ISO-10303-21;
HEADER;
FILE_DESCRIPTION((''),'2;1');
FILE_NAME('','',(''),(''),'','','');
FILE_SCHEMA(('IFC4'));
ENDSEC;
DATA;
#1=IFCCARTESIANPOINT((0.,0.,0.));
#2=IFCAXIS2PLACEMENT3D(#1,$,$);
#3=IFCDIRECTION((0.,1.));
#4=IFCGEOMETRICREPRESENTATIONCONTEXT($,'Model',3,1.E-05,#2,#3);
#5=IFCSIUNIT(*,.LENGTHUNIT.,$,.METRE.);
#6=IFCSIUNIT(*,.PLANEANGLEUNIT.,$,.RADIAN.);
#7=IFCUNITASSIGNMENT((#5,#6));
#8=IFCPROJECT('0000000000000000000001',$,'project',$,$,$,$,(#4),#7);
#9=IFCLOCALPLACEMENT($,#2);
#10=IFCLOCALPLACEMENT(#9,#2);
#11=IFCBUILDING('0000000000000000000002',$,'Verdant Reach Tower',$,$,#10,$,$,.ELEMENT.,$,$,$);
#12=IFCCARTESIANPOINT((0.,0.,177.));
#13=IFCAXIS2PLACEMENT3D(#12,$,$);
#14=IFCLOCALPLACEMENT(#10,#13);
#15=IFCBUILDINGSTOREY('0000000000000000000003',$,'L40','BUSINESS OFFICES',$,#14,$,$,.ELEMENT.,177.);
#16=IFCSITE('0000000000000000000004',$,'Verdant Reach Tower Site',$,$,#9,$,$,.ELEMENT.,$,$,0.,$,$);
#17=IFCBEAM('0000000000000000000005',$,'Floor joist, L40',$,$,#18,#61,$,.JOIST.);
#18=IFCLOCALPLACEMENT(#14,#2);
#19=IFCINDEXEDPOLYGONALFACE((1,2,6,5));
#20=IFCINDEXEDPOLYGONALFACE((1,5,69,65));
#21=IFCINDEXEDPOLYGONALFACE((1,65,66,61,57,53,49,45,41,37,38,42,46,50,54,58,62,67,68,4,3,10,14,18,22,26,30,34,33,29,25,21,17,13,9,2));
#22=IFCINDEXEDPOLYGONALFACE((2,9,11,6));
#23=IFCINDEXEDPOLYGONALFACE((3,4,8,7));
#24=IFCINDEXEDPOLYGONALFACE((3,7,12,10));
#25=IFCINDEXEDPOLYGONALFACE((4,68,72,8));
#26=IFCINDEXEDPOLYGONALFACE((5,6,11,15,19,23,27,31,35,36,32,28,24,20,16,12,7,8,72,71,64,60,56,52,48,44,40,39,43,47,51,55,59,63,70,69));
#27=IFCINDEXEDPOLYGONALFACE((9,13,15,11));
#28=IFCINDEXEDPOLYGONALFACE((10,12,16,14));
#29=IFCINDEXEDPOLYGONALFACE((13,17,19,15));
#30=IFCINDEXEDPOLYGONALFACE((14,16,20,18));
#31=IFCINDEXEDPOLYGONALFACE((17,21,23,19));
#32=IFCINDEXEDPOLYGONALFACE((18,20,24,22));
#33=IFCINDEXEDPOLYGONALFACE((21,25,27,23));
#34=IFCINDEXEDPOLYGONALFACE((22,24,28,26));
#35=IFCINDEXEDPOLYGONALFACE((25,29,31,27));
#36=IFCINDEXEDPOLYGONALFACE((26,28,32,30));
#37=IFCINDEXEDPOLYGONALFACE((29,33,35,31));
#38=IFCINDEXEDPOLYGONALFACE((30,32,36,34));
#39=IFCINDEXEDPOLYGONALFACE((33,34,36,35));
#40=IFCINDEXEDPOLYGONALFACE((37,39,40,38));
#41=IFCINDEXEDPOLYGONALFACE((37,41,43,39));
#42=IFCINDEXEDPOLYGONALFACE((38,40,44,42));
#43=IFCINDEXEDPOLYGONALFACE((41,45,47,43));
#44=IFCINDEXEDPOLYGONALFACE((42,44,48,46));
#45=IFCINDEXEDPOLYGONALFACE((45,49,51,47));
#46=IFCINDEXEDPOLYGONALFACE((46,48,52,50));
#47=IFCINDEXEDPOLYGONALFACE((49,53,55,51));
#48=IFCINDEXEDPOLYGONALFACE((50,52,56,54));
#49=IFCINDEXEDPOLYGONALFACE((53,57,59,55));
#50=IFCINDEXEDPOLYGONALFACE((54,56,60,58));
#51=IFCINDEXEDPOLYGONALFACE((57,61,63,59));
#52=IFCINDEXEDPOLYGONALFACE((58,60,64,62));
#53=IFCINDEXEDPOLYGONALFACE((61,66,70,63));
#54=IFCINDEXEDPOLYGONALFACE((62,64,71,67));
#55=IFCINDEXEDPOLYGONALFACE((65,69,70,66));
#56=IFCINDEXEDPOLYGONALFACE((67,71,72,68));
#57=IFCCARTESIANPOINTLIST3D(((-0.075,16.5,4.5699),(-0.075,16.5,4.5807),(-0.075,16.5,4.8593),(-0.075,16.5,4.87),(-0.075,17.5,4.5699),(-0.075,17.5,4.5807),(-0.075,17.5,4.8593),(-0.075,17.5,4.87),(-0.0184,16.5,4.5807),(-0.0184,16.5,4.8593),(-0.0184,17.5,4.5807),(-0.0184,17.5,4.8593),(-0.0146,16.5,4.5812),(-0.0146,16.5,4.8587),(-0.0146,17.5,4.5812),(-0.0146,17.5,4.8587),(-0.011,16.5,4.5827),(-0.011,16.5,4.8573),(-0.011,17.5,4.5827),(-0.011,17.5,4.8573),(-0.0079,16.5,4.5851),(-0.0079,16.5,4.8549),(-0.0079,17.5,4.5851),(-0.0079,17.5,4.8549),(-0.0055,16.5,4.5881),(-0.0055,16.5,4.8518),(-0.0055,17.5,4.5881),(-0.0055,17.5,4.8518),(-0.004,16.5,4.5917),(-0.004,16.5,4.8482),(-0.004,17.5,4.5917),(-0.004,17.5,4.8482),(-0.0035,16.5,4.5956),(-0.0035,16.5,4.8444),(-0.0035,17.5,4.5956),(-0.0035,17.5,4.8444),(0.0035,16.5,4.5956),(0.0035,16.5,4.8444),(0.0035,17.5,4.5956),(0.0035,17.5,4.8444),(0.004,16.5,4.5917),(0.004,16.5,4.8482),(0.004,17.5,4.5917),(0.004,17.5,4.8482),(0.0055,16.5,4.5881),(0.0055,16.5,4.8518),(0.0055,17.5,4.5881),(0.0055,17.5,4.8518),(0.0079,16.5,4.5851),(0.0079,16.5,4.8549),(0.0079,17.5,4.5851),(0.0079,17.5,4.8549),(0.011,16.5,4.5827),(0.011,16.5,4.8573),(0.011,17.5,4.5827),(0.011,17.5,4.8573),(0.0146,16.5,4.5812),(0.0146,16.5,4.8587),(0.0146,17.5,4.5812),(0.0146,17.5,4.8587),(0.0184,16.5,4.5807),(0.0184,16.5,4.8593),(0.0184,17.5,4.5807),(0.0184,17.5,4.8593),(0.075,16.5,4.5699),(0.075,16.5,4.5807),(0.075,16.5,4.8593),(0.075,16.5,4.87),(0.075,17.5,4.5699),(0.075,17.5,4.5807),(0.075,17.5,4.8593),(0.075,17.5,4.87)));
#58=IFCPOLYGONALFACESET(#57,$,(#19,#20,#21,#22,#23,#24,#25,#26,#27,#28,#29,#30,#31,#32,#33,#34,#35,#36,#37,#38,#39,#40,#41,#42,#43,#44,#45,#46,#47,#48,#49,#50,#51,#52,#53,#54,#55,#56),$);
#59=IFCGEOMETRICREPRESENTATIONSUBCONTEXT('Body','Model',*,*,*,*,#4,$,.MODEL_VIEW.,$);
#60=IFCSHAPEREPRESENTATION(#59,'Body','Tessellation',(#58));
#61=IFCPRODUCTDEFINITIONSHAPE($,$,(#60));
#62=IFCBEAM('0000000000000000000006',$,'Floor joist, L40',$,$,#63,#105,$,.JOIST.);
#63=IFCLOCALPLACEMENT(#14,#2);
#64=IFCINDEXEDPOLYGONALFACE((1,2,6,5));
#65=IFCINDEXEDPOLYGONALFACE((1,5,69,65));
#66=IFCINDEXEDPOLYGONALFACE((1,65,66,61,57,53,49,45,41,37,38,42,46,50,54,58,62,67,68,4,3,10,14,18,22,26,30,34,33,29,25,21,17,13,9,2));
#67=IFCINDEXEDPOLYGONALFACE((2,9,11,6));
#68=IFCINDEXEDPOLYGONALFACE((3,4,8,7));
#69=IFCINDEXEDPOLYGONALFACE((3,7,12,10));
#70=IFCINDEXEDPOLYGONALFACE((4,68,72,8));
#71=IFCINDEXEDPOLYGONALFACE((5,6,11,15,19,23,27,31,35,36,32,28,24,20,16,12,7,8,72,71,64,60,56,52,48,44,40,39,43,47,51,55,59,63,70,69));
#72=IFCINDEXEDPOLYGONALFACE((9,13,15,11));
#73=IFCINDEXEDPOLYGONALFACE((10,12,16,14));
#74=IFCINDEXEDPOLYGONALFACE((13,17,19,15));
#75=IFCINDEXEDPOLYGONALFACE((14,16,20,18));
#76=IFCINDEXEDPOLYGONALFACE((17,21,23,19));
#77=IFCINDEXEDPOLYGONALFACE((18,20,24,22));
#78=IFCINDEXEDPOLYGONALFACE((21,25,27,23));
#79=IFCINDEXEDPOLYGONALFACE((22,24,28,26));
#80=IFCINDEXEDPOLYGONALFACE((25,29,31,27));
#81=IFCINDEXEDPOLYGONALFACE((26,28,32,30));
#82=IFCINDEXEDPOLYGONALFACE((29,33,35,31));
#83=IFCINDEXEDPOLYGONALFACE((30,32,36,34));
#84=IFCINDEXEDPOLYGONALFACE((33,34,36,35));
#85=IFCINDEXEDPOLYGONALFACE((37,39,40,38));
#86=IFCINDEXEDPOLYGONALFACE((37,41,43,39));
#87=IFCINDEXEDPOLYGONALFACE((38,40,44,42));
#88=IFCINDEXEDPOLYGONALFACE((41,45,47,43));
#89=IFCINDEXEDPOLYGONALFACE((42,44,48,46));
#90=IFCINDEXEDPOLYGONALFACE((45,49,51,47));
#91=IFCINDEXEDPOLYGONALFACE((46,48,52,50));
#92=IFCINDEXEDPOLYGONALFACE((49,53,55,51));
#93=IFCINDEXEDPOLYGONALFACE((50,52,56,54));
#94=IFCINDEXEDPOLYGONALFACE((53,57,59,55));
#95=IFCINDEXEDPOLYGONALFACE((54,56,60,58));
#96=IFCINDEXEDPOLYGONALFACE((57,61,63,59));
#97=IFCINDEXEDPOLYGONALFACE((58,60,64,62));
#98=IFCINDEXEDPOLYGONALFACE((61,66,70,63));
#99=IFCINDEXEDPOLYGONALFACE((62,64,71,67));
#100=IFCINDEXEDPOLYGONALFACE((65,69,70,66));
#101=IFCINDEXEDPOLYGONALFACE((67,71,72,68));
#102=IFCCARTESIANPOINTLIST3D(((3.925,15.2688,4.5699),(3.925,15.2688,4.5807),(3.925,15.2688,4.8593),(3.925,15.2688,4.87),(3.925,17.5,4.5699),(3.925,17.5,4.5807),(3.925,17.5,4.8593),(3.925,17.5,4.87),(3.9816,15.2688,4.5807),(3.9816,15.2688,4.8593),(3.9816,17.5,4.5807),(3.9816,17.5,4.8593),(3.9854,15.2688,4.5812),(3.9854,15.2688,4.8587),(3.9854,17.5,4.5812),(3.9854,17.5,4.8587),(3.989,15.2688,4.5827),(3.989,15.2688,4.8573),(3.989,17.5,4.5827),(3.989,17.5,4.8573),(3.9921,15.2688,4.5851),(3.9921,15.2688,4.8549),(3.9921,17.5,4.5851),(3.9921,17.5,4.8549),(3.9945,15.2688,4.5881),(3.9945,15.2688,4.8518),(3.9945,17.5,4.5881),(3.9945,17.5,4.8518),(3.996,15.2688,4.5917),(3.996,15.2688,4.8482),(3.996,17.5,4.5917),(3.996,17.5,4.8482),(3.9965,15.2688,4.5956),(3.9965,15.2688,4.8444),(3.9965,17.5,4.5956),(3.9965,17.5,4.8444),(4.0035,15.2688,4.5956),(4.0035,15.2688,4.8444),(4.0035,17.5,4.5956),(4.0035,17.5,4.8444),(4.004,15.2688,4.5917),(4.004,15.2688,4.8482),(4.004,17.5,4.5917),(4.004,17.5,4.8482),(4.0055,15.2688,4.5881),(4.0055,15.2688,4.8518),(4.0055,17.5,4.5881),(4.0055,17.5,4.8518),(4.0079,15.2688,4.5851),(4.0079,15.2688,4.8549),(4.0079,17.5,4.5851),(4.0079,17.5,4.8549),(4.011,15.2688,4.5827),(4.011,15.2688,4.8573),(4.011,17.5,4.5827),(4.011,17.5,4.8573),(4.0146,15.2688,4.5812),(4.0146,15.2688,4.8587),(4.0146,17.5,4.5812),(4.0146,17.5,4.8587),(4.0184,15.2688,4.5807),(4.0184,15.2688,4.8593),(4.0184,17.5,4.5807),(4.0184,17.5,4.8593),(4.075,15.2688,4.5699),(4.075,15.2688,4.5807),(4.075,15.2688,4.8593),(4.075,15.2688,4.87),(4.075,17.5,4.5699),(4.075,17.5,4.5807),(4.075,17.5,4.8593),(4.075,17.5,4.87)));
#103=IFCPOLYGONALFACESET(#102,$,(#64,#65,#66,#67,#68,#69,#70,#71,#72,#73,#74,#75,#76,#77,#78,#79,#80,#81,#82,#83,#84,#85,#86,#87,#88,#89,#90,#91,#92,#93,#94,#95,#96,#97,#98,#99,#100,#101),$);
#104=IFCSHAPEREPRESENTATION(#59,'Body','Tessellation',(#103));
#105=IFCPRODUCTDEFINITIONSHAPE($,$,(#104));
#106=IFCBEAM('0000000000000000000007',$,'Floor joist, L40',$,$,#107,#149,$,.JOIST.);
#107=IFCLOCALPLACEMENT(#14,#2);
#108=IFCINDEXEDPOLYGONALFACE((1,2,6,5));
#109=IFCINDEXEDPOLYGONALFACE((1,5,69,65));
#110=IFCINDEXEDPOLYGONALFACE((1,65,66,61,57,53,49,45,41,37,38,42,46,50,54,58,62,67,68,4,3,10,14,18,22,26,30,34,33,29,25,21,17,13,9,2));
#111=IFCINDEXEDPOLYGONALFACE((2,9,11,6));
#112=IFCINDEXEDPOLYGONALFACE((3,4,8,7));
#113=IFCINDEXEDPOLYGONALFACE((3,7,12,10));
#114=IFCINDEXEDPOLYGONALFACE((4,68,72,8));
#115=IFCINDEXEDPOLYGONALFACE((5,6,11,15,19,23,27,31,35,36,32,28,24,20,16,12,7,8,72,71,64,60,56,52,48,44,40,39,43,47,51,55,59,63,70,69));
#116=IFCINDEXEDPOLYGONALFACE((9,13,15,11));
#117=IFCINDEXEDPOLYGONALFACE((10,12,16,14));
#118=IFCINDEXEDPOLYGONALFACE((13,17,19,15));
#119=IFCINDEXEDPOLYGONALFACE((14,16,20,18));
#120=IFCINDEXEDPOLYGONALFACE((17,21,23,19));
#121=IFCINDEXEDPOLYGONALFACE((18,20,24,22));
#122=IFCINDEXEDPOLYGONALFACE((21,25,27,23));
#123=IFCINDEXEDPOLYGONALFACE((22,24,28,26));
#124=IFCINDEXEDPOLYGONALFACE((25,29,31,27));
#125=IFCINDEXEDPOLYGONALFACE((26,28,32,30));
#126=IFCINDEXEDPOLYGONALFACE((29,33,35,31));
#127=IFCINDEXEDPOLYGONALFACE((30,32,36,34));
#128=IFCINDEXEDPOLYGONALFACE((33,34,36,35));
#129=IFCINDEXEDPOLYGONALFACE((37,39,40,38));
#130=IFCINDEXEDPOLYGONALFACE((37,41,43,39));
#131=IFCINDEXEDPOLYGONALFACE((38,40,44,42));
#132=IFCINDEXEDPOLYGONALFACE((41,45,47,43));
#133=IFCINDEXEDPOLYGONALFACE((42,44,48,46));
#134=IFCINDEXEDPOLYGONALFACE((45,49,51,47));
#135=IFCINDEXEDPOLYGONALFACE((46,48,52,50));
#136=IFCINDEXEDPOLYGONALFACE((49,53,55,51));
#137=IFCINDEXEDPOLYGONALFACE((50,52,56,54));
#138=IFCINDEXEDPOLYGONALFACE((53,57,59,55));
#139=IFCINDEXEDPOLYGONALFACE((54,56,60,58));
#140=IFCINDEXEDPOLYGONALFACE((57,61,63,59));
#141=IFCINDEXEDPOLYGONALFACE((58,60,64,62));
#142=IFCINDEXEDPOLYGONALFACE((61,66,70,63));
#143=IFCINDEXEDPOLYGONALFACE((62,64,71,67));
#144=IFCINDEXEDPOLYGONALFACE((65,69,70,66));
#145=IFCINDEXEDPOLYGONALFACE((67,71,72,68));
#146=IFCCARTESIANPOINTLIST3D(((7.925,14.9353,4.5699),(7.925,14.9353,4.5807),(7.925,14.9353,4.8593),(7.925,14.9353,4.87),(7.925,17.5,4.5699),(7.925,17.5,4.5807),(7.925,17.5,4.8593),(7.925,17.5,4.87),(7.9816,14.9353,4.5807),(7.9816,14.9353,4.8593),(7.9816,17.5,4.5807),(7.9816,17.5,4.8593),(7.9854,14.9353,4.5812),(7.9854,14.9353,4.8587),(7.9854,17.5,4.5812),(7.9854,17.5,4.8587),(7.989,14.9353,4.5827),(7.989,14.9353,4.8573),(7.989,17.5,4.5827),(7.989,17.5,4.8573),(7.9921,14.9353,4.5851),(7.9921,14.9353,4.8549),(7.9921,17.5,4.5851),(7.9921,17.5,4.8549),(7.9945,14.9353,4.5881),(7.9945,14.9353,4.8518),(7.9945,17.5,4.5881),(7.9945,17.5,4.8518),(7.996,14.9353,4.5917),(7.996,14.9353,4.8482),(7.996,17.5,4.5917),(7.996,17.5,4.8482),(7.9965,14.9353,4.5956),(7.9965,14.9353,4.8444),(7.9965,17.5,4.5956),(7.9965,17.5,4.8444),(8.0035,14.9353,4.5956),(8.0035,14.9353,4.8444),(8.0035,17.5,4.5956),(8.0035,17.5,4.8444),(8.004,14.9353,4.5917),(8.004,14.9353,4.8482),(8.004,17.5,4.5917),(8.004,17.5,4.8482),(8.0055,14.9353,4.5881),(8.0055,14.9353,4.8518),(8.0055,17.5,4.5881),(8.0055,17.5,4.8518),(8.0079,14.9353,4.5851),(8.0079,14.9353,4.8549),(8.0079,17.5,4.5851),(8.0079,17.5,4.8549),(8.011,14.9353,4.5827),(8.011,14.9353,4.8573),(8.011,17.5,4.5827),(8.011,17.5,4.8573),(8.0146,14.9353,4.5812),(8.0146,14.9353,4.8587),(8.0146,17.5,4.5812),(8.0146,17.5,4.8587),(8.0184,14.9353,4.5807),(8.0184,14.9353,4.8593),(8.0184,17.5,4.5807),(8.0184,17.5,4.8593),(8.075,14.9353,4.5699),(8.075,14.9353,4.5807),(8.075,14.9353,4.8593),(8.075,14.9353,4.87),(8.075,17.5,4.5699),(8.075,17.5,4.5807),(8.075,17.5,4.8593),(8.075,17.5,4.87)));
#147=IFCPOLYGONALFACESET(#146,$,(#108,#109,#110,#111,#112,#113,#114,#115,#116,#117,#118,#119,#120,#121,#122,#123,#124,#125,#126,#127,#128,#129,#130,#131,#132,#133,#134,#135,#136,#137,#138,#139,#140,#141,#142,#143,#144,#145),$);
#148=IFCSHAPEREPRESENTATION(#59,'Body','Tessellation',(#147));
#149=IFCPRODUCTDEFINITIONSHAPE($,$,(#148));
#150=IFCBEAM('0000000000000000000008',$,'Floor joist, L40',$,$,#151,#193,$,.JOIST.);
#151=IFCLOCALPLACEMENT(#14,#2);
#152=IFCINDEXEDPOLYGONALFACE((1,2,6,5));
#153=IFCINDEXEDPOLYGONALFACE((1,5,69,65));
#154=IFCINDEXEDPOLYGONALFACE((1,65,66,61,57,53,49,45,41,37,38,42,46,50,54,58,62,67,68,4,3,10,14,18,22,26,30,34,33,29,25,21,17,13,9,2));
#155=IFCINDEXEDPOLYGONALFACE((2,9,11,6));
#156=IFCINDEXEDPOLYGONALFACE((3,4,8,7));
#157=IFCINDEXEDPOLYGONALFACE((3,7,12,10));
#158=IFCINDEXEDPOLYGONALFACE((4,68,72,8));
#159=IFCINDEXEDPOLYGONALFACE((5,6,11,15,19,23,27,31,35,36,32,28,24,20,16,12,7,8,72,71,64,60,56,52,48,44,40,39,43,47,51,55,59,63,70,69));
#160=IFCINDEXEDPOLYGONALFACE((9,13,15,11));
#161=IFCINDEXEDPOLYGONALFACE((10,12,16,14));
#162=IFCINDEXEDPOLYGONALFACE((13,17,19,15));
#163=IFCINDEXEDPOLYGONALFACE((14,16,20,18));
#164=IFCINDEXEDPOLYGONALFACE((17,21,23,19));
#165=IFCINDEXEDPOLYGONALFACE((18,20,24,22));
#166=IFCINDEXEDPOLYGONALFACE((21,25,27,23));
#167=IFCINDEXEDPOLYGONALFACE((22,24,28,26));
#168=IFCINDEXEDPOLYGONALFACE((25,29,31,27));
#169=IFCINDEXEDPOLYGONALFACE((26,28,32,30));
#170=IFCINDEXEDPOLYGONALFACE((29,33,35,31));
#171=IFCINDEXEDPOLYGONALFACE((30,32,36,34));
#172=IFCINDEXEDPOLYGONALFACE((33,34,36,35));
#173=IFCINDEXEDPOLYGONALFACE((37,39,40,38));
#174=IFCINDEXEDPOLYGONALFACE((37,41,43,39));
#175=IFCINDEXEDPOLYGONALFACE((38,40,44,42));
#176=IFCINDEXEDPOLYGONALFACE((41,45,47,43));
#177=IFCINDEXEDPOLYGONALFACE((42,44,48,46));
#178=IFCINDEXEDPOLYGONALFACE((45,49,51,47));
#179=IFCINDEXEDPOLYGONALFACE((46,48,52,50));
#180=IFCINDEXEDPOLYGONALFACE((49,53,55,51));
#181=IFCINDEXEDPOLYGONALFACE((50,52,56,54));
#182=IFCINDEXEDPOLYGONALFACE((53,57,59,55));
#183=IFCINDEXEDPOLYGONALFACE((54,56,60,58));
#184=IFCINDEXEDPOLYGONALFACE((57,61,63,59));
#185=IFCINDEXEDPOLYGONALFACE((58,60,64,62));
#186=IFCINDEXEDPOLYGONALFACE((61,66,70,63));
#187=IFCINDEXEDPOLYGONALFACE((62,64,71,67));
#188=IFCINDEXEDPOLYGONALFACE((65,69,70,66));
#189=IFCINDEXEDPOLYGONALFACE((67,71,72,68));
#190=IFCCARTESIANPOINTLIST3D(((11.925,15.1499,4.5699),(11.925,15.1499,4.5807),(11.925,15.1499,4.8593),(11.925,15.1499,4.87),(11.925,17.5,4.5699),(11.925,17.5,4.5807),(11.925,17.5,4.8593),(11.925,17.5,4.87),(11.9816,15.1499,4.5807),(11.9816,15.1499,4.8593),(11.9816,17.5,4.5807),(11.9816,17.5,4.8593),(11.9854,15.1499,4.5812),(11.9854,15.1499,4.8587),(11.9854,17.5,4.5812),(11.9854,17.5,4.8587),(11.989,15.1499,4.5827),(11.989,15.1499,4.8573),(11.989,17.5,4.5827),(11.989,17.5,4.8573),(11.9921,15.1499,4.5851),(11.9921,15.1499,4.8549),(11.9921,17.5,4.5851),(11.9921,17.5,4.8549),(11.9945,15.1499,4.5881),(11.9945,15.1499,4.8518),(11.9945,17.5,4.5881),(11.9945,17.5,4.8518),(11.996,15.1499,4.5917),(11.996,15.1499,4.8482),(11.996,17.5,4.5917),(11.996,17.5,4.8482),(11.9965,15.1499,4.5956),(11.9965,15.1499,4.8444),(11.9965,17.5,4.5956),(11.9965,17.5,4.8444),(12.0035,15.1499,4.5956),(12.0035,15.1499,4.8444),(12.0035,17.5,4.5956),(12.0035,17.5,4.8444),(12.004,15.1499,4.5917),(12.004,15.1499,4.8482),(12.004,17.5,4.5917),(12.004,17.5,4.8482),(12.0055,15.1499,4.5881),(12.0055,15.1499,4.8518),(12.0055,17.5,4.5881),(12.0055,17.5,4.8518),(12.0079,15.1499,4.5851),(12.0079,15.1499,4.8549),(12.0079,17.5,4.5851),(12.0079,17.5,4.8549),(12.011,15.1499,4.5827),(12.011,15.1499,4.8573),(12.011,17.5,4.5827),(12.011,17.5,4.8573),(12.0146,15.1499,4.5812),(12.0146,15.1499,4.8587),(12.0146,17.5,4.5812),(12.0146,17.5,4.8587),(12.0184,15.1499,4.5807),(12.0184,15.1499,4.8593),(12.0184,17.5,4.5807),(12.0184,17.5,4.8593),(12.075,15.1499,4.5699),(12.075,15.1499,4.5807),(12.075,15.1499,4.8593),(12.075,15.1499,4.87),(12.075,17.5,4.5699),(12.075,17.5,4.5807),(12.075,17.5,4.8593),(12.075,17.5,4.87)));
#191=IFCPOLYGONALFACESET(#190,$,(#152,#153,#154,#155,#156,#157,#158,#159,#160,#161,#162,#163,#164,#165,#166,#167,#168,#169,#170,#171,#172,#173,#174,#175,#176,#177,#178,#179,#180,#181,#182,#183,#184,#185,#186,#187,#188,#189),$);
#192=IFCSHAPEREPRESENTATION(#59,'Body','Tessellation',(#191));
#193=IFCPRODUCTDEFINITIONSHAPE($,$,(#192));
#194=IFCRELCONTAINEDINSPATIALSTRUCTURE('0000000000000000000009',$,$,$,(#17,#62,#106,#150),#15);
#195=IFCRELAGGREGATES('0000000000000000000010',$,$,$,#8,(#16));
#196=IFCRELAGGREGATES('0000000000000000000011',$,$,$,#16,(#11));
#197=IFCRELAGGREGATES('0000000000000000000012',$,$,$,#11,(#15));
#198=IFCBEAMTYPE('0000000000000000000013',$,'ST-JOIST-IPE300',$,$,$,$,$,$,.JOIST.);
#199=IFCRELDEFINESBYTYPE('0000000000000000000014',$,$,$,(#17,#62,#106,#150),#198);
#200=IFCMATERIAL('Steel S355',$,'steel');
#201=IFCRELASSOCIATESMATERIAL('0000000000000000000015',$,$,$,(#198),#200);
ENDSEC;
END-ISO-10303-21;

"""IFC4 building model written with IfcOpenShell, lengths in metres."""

from ifc_helpers import new_model, si_unit, direction, frame, origin, origin_2d, place, context, subcontext, project, spatial, i_section, extrude, material, material_profile, profile_set, type_object, element, save


model = new_model("IFC4")

# Units and contexts
model_context = context("Model", 3, precision=1e-05, world=origin(), true_north=direction((0.0, 1.0)))
body_context = subcontext(model_context, "Body", "Model", "MODEL_VIEW")
ifc_project = project(units=[si_unit("LENGTHUNIT", "METRE"), si_unit("PLANEANGLEUNIT", "RADIAN")], contexts=[model_context])

# Site, building, storey
site_placement = place(None, origin())
site = spatial("IfcSite", under=ifc_project, at=site_placement, Name="Verdant Reach Tower Site", CompositionType="ELEMENT", RefElevation=0.0)
building_placement = place(site_placement, origin())
building = spatial("IfcBuilding", under=site, at=building_placement, Name="Verdant Reach Tower", CompositionType="ELEMENT")
storey_placement = place(building_placement, frame((0.0, 0.0, 177.0)))
storey = spatial("IfcBuildingStorey", under=building, at=storey_placement, Name="L40", Description="BUSINESS OFFICES", CompositionType="ELEMENT", Elevation=177.0)

# Beams
ifc_material_1 = material(Name="Steel S355", Category="steel")
ifc_material_profile = material_profile(ifc_material_1, i_section(OverallWidth=0.1499, OverallDepth=0.3, WebThickness=0.0071, FlangeThickness=0.0107, FilletRadius=0.0149, at=origin_2d()), Name="IPE 300")
ifc_profile_set = profile_set([ifc_material_profile], Name="Steel S355")
beam_type = type_object("IfcBeamType", Name="ST-JOIST-IPE300", PredefinedType="JOIST", material=ifc_profile_set)
beam_1_placement = place(storey_placement, frame((0.0, 17.5, 4.72), z_axis=(0.0, -1.0, 0.0), x_axis=(1.0, 0.0, 0.0)))
element("IfcBeam", 1, at=beam_1_placement, inside=storey, type_object=beam_type, Name="Floor joist, L40", PredefinedType="JOIST", context=body_context, shape_type="SweptSolid", body=[
    extrude(i_section(OverallWidth=0.1499, OverallDepth=0.3, WebThickness=0.0071, FlangeThickness=0.0107, FilletRadius=0.0149, at=origin_2d()), origin(), (0.0, 0.0, 1.0), 1.0),
])
beam_2_placement = place(storey_placement, frame((4.0, 17.5, 4.72), z_axis=(0.0, -1.0, 0.0), x_axis=(1.0, 0.0, 0.0)))
element("IfcBeam", 2, at=beam_2_placement, inside=storey, type_object=beam_type, Name="Floor joist, L40", PredefinedType="JOIST", context=body_context, shape_type="SweptSolid", body=[
    extrude(i_section(OverallWidth=0.1499, OverallDepth=0.3, WebThickness=0.0071, FlangeThickness=0.0107, FilletRadius=0.0149, at=origin_2d()), origin(), (0.0, 0.0, 1.0), 2.2312),
])
beam_3_placement = place(storey_placement, frame((8.0, 17.5, 4.72), z_axis=(0.0, -1.0, 0.0), x_axis=(1.0, 0.0, 0.0)))
element("IfcBeam", 3, at=beam_3_placement, inside=storey, type_object=beam_type, Name="Floor joist, L40", PredefinedType="JOIST", context=body_context, shape_type="SweptSolid", body=[
    extrude(i_section(OverallWidth=0.1499, OverallDepth=0.3, WebThickness=0.0071, FlangeThickness=0.0107, FilletRadius=0.0149, at=origin_2d()), origin(), (0.0, 0.0, 1.0), 2.5647),
])
beam_4_placement = place(storey_placement, frame((12.0, 17.5, 4.72), z_axis=(0.0, -1.0, 0.0), x_axis=(1.0, 0.0, 0.0)))
element("IfcBeam", 4, at=beam_4_placement, inside=storey, type_object=beam_type, Name="Floor joist, L40", PredefinedType="JOIST", context=body_context, shape_type="SweptSolid", body=[
    extrude(i_section(OverallWidth=0.1499, OverallDepth=0.3, WebThickness=0.0071, FlangeThickness=0.0107, FilletRadius=0.0149, at=origin_2d()), origin(), (0.0, 0.0, 1.0), 2.3501),
])

save(model, "model.ifc")
